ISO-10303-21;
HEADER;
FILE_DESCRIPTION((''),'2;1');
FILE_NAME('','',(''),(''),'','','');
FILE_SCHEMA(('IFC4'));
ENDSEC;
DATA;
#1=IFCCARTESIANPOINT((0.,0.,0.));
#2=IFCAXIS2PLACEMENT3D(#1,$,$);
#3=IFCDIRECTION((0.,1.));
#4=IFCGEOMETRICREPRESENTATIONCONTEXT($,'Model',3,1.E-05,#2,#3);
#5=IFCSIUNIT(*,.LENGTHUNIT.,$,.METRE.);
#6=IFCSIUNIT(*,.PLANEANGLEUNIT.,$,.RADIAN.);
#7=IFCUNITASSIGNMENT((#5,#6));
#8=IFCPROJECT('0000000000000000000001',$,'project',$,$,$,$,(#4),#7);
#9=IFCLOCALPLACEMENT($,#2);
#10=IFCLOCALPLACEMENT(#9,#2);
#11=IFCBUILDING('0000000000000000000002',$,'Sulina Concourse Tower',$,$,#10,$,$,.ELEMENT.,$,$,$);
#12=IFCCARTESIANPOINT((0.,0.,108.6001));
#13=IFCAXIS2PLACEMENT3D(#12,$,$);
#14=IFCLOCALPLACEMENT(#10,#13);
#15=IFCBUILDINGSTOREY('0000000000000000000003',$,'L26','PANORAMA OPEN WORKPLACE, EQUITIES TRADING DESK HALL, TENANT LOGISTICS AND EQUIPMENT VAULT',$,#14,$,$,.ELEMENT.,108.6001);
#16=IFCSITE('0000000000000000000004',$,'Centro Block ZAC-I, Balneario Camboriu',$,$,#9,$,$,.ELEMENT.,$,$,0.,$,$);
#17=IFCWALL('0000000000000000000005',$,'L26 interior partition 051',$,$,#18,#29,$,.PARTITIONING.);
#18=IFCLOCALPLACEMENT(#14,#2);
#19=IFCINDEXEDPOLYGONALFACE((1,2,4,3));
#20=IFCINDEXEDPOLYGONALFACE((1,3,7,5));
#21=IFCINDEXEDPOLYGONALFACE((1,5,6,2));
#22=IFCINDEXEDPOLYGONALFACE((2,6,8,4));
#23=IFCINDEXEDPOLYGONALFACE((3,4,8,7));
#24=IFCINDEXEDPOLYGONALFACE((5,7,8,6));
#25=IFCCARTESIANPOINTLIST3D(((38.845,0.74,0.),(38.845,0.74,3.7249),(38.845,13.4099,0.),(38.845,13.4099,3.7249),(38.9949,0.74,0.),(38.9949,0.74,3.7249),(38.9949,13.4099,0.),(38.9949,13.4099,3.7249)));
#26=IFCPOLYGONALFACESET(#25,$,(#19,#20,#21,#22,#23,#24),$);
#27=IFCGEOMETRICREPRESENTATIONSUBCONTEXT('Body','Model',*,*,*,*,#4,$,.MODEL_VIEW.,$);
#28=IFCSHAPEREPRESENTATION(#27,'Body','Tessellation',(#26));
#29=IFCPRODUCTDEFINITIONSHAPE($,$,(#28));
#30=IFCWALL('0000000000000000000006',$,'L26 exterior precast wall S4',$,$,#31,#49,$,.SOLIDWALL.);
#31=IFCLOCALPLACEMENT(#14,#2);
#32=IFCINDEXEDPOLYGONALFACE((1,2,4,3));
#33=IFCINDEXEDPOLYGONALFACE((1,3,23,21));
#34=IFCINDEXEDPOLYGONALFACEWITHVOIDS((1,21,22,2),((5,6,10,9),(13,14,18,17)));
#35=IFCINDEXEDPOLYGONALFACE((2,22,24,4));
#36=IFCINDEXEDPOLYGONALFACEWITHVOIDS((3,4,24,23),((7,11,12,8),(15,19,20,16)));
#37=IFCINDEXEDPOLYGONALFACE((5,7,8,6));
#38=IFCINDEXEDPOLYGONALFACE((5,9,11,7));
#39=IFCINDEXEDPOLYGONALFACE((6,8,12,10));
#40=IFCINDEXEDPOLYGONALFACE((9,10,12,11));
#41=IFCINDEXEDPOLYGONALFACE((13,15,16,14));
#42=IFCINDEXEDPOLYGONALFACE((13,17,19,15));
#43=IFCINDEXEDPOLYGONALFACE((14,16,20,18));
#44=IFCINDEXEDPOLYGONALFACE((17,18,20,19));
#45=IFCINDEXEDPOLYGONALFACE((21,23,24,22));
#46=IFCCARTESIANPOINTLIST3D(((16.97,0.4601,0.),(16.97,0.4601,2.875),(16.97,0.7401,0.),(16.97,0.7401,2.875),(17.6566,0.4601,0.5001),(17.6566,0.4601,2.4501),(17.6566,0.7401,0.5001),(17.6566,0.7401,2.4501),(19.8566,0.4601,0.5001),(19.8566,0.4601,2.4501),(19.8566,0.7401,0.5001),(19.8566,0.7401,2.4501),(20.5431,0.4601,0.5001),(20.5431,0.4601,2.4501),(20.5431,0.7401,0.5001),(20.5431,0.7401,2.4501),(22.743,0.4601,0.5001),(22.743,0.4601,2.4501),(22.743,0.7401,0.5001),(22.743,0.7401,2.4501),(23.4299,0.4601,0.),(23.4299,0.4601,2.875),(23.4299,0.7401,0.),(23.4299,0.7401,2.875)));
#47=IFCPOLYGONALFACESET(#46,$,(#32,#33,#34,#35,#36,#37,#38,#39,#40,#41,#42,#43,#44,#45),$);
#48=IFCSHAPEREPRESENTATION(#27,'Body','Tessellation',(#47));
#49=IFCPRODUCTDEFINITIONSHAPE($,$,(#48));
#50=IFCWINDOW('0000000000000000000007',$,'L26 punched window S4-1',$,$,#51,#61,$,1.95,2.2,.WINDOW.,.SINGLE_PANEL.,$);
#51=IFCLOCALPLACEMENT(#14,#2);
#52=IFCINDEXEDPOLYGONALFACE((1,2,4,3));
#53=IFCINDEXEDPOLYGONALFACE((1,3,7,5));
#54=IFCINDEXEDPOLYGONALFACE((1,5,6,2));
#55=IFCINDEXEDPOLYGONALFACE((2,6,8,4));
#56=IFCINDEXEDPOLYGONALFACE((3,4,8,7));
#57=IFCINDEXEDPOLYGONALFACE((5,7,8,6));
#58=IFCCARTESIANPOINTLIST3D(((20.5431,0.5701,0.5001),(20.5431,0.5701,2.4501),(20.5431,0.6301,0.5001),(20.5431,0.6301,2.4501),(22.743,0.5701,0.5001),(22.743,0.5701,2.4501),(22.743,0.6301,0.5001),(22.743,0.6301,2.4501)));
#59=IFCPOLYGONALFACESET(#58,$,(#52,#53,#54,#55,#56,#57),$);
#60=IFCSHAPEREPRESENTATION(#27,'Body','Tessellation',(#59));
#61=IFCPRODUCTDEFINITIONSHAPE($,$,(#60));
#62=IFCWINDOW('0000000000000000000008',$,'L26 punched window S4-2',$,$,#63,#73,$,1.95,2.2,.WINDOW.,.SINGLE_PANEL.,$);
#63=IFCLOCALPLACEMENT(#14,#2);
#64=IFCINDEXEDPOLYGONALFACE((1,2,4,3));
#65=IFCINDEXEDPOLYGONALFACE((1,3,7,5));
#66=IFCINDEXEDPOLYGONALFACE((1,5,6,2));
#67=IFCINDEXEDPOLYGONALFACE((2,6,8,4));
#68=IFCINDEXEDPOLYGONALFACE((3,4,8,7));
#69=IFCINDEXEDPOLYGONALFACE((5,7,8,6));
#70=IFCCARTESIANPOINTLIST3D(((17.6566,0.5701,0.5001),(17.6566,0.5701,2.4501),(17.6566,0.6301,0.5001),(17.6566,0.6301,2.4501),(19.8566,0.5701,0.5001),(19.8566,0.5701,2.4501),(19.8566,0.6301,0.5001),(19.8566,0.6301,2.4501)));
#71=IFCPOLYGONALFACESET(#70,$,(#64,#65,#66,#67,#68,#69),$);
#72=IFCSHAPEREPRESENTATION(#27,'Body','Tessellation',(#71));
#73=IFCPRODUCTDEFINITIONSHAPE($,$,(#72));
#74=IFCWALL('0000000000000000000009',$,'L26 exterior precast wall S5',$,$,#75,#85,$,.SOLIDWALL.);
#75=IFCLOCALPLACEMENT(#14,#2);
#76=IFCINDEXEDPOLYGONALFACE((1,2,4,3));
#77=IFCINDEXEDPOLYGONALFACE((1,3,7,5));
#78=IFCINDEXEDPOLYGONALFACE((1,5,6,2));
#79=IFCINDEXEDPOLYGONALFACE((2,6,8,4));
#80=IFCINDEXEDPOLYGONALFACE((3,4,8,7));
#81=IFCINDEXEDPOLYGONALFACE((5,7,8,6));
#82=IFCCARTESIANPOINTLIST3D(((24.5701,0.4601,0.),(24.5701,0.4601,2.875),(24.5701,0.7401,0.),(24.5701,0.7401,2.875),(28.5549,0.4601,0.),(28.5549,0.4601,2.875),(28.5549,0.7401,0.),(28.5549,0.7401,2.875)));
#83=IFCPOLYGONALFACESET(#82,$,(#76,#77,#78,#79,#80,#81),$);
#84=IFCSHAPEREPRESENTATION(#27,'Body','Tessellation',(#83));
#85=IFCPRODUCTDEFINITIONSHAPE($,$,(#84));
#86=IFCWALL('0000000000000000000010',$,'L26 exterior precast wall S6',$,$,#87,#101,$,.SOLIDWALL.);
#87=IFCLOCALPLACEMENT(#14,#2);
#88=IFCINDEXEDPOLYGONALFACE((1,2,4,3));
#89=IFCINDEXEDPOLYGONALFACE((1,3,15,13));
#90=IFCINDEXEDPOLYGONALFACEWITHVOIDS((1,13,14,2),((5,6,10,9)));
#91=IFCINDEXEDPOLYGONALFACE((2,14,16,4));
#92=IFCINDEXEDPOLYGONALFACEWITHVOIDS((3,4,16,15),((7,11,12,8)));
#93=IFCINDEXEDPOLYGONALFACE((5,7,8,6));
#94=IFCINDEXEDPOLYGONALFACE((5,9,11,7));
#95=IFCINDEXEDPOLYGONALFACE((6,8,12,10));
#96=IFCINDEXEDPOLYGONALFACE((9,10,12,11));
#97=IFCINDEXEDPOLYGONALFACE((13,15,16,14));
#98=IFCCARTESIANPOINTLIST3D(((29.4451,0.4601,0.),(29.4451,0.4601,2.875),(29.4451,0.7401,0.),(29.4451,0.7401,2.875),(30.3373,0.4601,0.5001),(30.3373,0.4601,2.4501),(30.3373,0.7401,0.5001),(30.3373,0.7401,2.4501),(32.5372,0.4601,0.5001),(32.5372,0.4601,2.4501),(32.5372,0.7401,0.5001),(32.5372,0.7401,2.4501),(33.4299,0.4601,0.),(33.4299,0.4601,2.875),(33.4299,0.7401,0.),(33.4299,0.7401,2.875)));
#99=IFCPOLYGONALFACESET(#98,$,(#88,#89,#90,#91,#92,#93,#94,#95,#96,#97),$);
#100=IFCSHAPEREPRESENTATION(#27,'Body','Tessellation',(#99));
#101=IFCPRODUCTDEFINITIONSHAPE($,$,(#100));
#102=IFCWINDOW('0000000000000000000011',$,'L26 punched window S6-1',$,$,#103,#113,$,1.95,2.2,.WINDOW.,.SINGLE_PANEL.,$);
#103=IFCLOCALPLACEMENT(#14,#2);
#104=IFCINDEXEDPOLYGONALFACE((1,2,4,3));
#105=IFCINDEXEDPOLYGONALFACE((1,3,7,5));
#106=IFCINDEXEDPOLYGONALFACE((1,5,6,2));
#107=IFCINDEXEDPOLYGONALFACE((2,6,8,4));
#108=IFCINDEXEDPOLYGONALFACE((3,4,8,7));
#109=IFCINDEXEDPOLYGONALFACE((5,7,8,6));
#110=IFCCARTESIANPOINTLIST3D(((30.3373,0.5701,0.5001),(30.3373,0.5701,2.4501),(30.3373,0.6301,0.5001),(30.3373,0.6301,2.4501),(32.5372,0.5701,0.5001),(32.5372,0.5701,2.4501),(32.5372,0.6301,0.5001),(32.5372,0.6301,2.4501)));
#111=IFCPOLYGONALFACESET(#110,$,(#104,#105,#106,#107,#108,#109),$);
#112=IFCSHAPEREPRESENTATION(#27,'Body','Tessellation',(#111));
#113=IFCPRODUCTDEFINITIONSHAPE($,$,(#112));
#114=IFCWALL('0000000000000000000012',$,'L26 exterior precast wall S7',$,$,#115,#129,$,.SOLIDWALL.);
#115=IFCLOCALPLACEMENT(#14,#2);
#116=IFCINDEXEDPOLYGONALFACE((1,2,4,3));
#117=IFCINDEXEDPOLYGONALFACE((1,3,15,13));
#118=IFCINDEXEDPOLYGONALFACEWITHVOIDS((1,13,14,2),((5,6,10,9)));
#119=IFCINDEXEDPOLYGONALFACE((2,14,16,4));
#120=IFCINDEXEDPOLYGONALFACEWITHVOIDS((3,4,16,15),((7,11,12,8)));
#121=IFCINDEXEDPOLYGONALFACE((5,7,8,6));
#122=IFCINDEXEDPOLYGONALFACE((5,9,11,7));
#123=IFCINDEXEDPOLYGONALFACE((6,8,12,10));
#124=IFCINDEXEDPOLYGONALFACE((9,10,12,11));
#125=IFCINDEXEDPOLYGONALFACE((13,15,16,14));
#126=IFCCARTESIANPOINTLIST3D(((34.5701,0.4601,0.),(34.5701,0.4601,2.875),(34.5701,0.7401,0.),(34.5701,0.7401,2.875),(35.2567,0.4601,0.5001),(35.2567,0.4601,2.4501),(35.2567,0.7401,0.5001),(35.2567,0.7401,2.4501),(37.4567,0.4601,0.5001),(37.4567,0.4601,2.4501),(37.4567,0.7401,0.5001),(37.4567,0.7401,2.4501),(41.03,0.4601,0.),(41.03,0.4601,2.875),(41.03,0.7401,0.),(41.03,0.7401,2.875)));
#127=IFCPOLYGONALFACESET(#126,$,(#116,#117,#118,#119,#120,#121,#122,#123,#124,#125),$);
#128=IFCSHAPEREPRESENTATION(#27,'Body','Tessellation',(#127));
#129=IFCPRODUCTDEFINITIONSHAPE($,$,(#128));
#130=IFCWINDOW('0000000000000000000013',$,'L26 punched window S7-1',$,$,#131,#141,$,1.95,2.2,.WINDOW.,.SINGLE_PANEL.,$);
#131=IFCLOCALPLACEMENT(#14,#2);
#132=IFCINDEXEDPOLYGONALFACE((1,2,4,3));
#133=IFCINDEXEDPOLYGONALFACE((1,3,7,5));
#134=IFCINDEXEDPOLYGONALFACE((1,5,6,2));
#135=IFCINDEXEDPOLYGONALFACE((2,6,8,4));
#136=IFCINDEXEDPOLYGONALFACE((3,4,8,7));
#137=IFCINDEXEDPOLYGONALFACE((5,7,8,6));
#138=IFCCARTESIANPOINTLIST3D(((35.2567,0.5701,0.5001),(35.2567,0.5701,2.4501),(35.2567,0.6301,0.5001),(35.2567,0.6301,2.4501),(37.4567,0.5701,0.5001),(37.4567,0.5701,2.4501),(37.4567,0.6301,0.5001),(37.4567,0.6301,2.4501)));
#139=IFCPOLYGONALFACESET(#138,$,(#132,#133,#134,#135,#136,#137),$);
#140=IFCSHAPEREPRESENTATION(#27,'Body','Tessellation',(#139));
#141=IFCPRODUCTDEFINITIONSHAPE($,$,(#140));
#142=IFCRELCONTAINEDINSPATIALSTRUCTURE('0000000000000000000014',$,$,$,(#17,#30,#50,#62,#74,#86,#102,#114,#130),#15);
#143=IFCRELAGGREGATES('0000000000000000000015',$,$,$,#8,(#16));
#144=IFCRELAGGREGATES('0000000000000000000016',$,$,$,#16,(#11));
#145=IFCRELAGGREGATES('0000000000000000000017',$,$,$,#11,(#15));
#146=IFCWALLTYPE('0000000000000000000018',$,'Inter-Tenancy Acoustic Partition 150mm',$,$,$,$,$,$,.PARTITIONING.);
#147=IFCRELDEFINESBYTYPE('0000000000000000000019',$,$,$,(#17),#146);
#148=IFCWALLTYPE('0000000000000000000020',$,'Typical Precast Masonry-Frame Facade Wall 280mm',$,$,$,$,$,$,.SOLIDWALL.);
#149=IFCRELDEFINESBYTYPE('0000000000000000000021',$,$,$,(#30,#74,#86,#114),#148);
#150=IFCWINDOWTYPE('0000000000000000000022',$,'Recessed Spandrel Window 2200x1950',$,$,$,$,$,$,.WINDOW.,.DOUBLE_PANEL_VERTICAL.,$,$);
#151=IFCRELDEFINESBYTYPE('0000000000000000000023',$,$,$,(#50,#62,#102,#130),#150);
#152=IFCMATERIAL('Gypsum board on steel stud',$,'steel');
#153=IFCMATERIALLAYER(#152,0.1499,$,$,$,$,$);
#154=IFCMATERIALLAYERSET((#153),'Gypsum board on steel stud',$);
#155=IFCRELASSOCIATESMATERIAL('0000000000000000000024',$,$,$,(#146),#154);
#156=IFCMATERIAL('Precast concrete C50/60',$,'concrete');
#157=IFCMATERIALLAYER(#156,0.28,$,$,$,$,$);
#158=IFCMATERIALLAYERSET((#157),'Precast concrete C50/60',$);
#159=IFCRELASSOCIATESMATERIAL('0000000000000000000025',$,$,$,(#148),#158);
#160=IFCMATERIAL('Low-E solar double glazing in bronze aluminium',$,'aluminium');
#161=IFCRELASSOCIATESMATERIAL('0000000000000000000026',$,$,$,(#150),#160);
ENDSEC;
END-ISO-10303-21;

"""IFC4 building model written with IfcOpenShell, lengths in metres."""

from ifc_helpers import new_model, si_unit, direction, frame, frame_2d, origin, place, context, subcontext, project, spatial, rectangle, extrude, material, layer, layer_set, type_object, element, fill, save


model = new_model("IFC4")

# Units and contexts
model_context = context("Model", 3, precision=1e-05, world=origin(), true_north=direction((0.0, 1.0)))
body_context = subcontext(model_context, "Body", "Model", "MODEL_VIEW")
ifc_project = project(units=[si_unit("LENGTHUNIT", "METRE"), si_unit("PLANEANGLEUNIT", "RADIAN")], contexts=[model_context])

# Site, building, storey
site_placement = place(None, origin())
site = spatial("IfcSite", under=ifc_project, at=site_placement, Name="Centro Block ZAC-I, Balneario Camboriu", CompositionType="ELEMENT", RefElevation=0.0)
building_placement = place(site_placement, origin())
building = spatial("IfcBuilding", under=site, at=building_placement, Name="Sulina Concourse Tower", CompositionType="ELEMENT")
storey_placement = place(building_placement, frame((0.0, 0.0, 108.6001)))
storey = spatial("IfcBuildingStorey", under=building, at=storey_placement, Name="L26", Description="PANORAMA OPEN WORKPLACE, EQUITIES TRADING DESK HALL, TENANT LOGISTICS AND EQUIPMENT VAULT", CompositionType="ELEMENT", Elevation=108.6001)

# Wall
ifc_material_1 = material(Name="Gypsum board on steel stud", Category="steel")
ifc_layer_1 = layer(ifc_material_1, 0.1499)
ifc_layer_set_1 = layer_set([ifc_layer_1], Name="Gypsum board on steel stud")
wall_type_1 = type_object("IfcWallType", Name="Inter-Tenancy Acoustic Partition 150mm", PredefinedType="PARTITIONING", material=ifc_layer_set_1)
wall_1_placement = place(storey_placement, frame((38.9199, 0.74, 0.0), z_axis=(0.0, 0.0, 1.0), x_axis=(0.0, 1.0, 0.0)))
element("IfcWall", 1, at=wall_1_placement, inside=storey, type_object=wall_type_1, Name="L26 interior partition 051", PredefinedType="PARTITIONING", context=body_context, shape_type="SweptSolid", body=[
    extrude(rectangle(XDim=12.6699, YDim=0.1499, at=frame_2d((6.335, 0.0))), origin(), (0.0, 0.0, 1.0), 3.7249),
])

# Wall, openings, windows
ifc_material_2 = material(Name="Precast concrete C50/60", Category="concrete")
ifc_layer_2 = layer(ifc_material_2, 0.28)
ifc_layer_set_2 = layer_set([ifc_layer_2], Name="Precast concrete C50/60")
wall_type_2 = type_object("IfcWallType", Name="Typical Precast Masonry-Frame Facade Wall 280mm", PredefinedType="SOLIDWALL", material=ifc_layer_set_2)
wall_2_placement = place(storey_placement, frame((23.4299, 0.6001, 0.0), z_axis=(0.0, 0.0, 1.0), x_axis=(-1.0, 0.0, 0.0)))
wall_2 = element("IfcWall", 2, at=wall_2_placement, inside=storey, type_object=wall_type_2, Name="L26 exterior precast wall S4", PredefinedType="SOLIDWALL", context=body_context, shape_type="SweptSolid", body=[
    extrude(rectangle(XDim=6.46, YDim=0.28, at=frame_2d((3.23, 0.0))), origin(), (0.0, 0.0, 1.0), 2.875),
])
opening_1_placement = place(wall_2_placement, frame((0.6868, 0.0, 0.5)))
opening_1 = element("IfcOpeningElement", 3, at=opening_1_placement, cuts=wall_2, PredefinedType="OPENING", context=body_context, shape_type="SweptSolid", body=[
    extrude(rectangle(XDim=2.2, YDim=1.95, at=frame_2d((1.1001, 0.9751))), frame((0.0, 0.1499, 0.0), z_axis=(0.0, -1.0, 0.0), x_axis=(1.0, 0.0, 0.0)), (0.0, 0.0, 1.0), 0.3),
])
opening_2_placement = place(wall_2_placement, frame((3.5732, 0.0, 0.5)))
opening_2 = element("IfcOpeningElement", 4, at=opening_2_placement, cuts=wall_2, PredefinedType="OPENING", context=body_context, shape_type="SweptSolid", body=[
    extrude(rectangle(XDim=2.2, YDim=1.95, at=frame_2d((1.1001, 0.9751))), frame((0.0, 0.1499, 0.0), z_axis=(0.0, -1.0, 0.0), x_axis=(1.0, 0.0, 0.0)), (0.0, 0.0, 1.0), 0.3),
])
ifc_material_3 = material(Name="Low-E solar double glazing in bronze aluminium", Category="aluminium")
window_type = type_object("IfcWindowType", Name="Recessed Spandrel Window 2200x1950", PartitioningType="DOUBLE_PANEL_VERTICAL", PredefinedType="WINDOW", material=ifc_material_3)
window_1_placement = place(opening_1_placement, origin())
window_1 = element("IfcWindow", 5, at=window_1_placement, inside=storey, type_object=window_type, Name="L26 punched window S4-1", OverallHeight=1.95, OverallWidth=2.2, PartitioningType="SINGLE_PANEL", PredefinedType="WINDOW", context=body_context, shape_type="SweptSolid", body=[
    extrude(rectangle(XDim=2.2, YDim=1.95, at=frame_2d((1.1001, 0.9751))), frame((0.0, 0.03, 0.0), z_axis=(0.0, -1.0, 0.0), x_axis=(1.0, 0.0, 0.0)), (0.0, 0.0, 1.0), 0.0601),
])
fill(opening_1, window_1)
window_2_placement = place(opening_2_placement, origin())
window_2 = element("IfcWindow", 6, at=window_2_placement, inside=storey, type_object=window_type, Name="L26 punched window S4-2", OverallHeight=1.95, OverallWidth=2.2, PartitioningType="SINGLE_PANEL", PredefinedType="WINDOW", context=body_context, shape_type="SweptSolid", body=[
    extrude(rectangle(XDim=2.2, YDim=1.95, at=frame_2d((1.1001, 0.9751))), frame((0.0, 0.03, 0.0), z_axis=(0.0, -1.0, 0.0), x_axis=(1.0, 0.0, 0.0)), (0.0, 0.0, 1.0), 0.0601),
])
fill(opening_2, window_2)

# Wall
wall_3_placement = place(storey_placement, frame((28.5549, 0.6001, 0.0), z_axis=(0.0, 0.0, 1.0), x_axis=(-1.0, 0.0, 0.0)))
element("IfcWall", 7, at=wall_3_placement, inside=storey, type_object=wall_type_2, Name="L26 exterior precast wall S5", PredefinedType="SOLIDWALL", context=body_context, shape_type="SweptSolid", body=[
    extrude(rectangle(XDim=3.9849, YDim=0.28, at=frame_2d((1.9924, 0.0))), origin(), (0.0, 0.0, 1.0), 2.875),
])

# Walls, openings, windows
wall_4_placement = place(storey_placement, frame((33.4299, 0.6001, 0.0), z_axis=(0.0, 0.0, 1.0), x_axis=(-1.0, 0.0, 0.0)))
wall_4 = element("IfcWall", 8, at=wall_4_placement, inside=storey, type_object=wall_type_2, Name="L26 exterior precast wall S6", PredefinedType="SOLIDWALL", context=body_context, shape_type="SweptSolid", body=[
    extrude(rectangle(XDim=3.9849, YDim=0.28, at=frame_2d((1.9924, 0.0))), origin(), (0.0, 0.0, 1.0), 2.875),
])
opening_3_placement = place(wall_4_placement, frame((0.8926, 0.0, 0.5)))
opening_3 = element("IfcOpeningElement", 9, at=opening_3_placement, cuts=wall_4, PredefinedType="OPENING", context=body_context, shape_type="SweptSolid", body=[
    extrude(rectangle(XDim=2.2, YDim=1.95, at=frame_2d((1.1001, 0.9751))), frame((0.0, 0.1499, 0.0), z_axis=(0.0, -1.0, 0.0), x_axis=(1.0, 0.0, 0.0)), (0.0, 0.0, 1.0), 0.3),
])
window_3_placement = place(opening_3_placement, origin())
window_3 = element("IfcWindow", 10, at=window_3_placement, inside=storey, type_object=window_type, Name="L26 punched window S6-1", OverallHeight=1.95, OverallWidth=2.2, PartitioningType="SINGLE_PANEL", PredefinedType="WINDOW", context=body_context, shape_type="SweptSolid", body=[
    extrude(rectangle(XDim=2.2, YDim=1.95, at=frame_2d((1.1001, 0.9751))), frame((0.0, 0.03, 0.0), z_axis=(0.0, -1.0, 0.0), x_axis=(1.0, 0.0, 0.0)), (0.0, 0.0, 1.0), 0.0601),
])
fill(opening_3, window_3)
wall_5_placement = place(storey_placement, frame((41.03, 0.6001, 0.0), z_axis=(0.0, 0.0, 1.0), x_axis=(-1.0, 0.0, 0.0)))
wall_5 = element("IfcWall", 11, at=wall_5_placement, inside=storey, type_object=wall_type_2, Name="L26 exterior precast wall S7", PredefinedType="SOLIDWALL", context=body_context, shape_type="SweptSolid", body=[
    extrude(rectangle(XDim=6.46, YDim=0.28, at=frame_2d((3.23, 0.0))), origin(), (0.0, 0.0, 1.0), 2.875),
])
opening_4_placement = place(wall_5_placement, frame((3.5732, 0.0, 0.5)))
opening_4 = element("IfcOpeningElement", 12, at=opening_4_placement, cuts=wall_5, PredefinedType="OPENING", context=body_context, shape_type="SweptSolid", body=[
    extrude(rectangle(XDim=2.2, YDim=1.95, at=frame_2d((1.1001, 0.9751))), frame((0.0, 0.1499, 0.0), z_axis=(0.0, -1.0, 0.0), x_axis=(1.0, 0.0, 0.0)), (0.0, 0.0, 1.0), 0.3),
])
window_4_placement = place(opening_4_placement, origin())
window_4 = element("IfcWindow", 13, at=window_4_placement, inside=storey, type_object=window_type, Name="L26 punched window S7-1", OverallHeight=1.95, OverallWidth=2.2, PartitioningType="SINGLE_PANEL", PredefinedType="WINDOW", context=body_context, shape_type="SweptSolid", body=[
    extrude(rectangle(XDim=2.2, YDim=1.95, at=frame_2d((1.1001, 0.9751))), frame((0.0, 0.03, 0.0), z_axis=(0.0, -1.0, 0.0), x_axis=(1.0, 0.0, 0.0)), (0.0, 0.0, 1.0), 0.0601),
])
fill(opening_4, window_4)

save(model, "model.ifc")
